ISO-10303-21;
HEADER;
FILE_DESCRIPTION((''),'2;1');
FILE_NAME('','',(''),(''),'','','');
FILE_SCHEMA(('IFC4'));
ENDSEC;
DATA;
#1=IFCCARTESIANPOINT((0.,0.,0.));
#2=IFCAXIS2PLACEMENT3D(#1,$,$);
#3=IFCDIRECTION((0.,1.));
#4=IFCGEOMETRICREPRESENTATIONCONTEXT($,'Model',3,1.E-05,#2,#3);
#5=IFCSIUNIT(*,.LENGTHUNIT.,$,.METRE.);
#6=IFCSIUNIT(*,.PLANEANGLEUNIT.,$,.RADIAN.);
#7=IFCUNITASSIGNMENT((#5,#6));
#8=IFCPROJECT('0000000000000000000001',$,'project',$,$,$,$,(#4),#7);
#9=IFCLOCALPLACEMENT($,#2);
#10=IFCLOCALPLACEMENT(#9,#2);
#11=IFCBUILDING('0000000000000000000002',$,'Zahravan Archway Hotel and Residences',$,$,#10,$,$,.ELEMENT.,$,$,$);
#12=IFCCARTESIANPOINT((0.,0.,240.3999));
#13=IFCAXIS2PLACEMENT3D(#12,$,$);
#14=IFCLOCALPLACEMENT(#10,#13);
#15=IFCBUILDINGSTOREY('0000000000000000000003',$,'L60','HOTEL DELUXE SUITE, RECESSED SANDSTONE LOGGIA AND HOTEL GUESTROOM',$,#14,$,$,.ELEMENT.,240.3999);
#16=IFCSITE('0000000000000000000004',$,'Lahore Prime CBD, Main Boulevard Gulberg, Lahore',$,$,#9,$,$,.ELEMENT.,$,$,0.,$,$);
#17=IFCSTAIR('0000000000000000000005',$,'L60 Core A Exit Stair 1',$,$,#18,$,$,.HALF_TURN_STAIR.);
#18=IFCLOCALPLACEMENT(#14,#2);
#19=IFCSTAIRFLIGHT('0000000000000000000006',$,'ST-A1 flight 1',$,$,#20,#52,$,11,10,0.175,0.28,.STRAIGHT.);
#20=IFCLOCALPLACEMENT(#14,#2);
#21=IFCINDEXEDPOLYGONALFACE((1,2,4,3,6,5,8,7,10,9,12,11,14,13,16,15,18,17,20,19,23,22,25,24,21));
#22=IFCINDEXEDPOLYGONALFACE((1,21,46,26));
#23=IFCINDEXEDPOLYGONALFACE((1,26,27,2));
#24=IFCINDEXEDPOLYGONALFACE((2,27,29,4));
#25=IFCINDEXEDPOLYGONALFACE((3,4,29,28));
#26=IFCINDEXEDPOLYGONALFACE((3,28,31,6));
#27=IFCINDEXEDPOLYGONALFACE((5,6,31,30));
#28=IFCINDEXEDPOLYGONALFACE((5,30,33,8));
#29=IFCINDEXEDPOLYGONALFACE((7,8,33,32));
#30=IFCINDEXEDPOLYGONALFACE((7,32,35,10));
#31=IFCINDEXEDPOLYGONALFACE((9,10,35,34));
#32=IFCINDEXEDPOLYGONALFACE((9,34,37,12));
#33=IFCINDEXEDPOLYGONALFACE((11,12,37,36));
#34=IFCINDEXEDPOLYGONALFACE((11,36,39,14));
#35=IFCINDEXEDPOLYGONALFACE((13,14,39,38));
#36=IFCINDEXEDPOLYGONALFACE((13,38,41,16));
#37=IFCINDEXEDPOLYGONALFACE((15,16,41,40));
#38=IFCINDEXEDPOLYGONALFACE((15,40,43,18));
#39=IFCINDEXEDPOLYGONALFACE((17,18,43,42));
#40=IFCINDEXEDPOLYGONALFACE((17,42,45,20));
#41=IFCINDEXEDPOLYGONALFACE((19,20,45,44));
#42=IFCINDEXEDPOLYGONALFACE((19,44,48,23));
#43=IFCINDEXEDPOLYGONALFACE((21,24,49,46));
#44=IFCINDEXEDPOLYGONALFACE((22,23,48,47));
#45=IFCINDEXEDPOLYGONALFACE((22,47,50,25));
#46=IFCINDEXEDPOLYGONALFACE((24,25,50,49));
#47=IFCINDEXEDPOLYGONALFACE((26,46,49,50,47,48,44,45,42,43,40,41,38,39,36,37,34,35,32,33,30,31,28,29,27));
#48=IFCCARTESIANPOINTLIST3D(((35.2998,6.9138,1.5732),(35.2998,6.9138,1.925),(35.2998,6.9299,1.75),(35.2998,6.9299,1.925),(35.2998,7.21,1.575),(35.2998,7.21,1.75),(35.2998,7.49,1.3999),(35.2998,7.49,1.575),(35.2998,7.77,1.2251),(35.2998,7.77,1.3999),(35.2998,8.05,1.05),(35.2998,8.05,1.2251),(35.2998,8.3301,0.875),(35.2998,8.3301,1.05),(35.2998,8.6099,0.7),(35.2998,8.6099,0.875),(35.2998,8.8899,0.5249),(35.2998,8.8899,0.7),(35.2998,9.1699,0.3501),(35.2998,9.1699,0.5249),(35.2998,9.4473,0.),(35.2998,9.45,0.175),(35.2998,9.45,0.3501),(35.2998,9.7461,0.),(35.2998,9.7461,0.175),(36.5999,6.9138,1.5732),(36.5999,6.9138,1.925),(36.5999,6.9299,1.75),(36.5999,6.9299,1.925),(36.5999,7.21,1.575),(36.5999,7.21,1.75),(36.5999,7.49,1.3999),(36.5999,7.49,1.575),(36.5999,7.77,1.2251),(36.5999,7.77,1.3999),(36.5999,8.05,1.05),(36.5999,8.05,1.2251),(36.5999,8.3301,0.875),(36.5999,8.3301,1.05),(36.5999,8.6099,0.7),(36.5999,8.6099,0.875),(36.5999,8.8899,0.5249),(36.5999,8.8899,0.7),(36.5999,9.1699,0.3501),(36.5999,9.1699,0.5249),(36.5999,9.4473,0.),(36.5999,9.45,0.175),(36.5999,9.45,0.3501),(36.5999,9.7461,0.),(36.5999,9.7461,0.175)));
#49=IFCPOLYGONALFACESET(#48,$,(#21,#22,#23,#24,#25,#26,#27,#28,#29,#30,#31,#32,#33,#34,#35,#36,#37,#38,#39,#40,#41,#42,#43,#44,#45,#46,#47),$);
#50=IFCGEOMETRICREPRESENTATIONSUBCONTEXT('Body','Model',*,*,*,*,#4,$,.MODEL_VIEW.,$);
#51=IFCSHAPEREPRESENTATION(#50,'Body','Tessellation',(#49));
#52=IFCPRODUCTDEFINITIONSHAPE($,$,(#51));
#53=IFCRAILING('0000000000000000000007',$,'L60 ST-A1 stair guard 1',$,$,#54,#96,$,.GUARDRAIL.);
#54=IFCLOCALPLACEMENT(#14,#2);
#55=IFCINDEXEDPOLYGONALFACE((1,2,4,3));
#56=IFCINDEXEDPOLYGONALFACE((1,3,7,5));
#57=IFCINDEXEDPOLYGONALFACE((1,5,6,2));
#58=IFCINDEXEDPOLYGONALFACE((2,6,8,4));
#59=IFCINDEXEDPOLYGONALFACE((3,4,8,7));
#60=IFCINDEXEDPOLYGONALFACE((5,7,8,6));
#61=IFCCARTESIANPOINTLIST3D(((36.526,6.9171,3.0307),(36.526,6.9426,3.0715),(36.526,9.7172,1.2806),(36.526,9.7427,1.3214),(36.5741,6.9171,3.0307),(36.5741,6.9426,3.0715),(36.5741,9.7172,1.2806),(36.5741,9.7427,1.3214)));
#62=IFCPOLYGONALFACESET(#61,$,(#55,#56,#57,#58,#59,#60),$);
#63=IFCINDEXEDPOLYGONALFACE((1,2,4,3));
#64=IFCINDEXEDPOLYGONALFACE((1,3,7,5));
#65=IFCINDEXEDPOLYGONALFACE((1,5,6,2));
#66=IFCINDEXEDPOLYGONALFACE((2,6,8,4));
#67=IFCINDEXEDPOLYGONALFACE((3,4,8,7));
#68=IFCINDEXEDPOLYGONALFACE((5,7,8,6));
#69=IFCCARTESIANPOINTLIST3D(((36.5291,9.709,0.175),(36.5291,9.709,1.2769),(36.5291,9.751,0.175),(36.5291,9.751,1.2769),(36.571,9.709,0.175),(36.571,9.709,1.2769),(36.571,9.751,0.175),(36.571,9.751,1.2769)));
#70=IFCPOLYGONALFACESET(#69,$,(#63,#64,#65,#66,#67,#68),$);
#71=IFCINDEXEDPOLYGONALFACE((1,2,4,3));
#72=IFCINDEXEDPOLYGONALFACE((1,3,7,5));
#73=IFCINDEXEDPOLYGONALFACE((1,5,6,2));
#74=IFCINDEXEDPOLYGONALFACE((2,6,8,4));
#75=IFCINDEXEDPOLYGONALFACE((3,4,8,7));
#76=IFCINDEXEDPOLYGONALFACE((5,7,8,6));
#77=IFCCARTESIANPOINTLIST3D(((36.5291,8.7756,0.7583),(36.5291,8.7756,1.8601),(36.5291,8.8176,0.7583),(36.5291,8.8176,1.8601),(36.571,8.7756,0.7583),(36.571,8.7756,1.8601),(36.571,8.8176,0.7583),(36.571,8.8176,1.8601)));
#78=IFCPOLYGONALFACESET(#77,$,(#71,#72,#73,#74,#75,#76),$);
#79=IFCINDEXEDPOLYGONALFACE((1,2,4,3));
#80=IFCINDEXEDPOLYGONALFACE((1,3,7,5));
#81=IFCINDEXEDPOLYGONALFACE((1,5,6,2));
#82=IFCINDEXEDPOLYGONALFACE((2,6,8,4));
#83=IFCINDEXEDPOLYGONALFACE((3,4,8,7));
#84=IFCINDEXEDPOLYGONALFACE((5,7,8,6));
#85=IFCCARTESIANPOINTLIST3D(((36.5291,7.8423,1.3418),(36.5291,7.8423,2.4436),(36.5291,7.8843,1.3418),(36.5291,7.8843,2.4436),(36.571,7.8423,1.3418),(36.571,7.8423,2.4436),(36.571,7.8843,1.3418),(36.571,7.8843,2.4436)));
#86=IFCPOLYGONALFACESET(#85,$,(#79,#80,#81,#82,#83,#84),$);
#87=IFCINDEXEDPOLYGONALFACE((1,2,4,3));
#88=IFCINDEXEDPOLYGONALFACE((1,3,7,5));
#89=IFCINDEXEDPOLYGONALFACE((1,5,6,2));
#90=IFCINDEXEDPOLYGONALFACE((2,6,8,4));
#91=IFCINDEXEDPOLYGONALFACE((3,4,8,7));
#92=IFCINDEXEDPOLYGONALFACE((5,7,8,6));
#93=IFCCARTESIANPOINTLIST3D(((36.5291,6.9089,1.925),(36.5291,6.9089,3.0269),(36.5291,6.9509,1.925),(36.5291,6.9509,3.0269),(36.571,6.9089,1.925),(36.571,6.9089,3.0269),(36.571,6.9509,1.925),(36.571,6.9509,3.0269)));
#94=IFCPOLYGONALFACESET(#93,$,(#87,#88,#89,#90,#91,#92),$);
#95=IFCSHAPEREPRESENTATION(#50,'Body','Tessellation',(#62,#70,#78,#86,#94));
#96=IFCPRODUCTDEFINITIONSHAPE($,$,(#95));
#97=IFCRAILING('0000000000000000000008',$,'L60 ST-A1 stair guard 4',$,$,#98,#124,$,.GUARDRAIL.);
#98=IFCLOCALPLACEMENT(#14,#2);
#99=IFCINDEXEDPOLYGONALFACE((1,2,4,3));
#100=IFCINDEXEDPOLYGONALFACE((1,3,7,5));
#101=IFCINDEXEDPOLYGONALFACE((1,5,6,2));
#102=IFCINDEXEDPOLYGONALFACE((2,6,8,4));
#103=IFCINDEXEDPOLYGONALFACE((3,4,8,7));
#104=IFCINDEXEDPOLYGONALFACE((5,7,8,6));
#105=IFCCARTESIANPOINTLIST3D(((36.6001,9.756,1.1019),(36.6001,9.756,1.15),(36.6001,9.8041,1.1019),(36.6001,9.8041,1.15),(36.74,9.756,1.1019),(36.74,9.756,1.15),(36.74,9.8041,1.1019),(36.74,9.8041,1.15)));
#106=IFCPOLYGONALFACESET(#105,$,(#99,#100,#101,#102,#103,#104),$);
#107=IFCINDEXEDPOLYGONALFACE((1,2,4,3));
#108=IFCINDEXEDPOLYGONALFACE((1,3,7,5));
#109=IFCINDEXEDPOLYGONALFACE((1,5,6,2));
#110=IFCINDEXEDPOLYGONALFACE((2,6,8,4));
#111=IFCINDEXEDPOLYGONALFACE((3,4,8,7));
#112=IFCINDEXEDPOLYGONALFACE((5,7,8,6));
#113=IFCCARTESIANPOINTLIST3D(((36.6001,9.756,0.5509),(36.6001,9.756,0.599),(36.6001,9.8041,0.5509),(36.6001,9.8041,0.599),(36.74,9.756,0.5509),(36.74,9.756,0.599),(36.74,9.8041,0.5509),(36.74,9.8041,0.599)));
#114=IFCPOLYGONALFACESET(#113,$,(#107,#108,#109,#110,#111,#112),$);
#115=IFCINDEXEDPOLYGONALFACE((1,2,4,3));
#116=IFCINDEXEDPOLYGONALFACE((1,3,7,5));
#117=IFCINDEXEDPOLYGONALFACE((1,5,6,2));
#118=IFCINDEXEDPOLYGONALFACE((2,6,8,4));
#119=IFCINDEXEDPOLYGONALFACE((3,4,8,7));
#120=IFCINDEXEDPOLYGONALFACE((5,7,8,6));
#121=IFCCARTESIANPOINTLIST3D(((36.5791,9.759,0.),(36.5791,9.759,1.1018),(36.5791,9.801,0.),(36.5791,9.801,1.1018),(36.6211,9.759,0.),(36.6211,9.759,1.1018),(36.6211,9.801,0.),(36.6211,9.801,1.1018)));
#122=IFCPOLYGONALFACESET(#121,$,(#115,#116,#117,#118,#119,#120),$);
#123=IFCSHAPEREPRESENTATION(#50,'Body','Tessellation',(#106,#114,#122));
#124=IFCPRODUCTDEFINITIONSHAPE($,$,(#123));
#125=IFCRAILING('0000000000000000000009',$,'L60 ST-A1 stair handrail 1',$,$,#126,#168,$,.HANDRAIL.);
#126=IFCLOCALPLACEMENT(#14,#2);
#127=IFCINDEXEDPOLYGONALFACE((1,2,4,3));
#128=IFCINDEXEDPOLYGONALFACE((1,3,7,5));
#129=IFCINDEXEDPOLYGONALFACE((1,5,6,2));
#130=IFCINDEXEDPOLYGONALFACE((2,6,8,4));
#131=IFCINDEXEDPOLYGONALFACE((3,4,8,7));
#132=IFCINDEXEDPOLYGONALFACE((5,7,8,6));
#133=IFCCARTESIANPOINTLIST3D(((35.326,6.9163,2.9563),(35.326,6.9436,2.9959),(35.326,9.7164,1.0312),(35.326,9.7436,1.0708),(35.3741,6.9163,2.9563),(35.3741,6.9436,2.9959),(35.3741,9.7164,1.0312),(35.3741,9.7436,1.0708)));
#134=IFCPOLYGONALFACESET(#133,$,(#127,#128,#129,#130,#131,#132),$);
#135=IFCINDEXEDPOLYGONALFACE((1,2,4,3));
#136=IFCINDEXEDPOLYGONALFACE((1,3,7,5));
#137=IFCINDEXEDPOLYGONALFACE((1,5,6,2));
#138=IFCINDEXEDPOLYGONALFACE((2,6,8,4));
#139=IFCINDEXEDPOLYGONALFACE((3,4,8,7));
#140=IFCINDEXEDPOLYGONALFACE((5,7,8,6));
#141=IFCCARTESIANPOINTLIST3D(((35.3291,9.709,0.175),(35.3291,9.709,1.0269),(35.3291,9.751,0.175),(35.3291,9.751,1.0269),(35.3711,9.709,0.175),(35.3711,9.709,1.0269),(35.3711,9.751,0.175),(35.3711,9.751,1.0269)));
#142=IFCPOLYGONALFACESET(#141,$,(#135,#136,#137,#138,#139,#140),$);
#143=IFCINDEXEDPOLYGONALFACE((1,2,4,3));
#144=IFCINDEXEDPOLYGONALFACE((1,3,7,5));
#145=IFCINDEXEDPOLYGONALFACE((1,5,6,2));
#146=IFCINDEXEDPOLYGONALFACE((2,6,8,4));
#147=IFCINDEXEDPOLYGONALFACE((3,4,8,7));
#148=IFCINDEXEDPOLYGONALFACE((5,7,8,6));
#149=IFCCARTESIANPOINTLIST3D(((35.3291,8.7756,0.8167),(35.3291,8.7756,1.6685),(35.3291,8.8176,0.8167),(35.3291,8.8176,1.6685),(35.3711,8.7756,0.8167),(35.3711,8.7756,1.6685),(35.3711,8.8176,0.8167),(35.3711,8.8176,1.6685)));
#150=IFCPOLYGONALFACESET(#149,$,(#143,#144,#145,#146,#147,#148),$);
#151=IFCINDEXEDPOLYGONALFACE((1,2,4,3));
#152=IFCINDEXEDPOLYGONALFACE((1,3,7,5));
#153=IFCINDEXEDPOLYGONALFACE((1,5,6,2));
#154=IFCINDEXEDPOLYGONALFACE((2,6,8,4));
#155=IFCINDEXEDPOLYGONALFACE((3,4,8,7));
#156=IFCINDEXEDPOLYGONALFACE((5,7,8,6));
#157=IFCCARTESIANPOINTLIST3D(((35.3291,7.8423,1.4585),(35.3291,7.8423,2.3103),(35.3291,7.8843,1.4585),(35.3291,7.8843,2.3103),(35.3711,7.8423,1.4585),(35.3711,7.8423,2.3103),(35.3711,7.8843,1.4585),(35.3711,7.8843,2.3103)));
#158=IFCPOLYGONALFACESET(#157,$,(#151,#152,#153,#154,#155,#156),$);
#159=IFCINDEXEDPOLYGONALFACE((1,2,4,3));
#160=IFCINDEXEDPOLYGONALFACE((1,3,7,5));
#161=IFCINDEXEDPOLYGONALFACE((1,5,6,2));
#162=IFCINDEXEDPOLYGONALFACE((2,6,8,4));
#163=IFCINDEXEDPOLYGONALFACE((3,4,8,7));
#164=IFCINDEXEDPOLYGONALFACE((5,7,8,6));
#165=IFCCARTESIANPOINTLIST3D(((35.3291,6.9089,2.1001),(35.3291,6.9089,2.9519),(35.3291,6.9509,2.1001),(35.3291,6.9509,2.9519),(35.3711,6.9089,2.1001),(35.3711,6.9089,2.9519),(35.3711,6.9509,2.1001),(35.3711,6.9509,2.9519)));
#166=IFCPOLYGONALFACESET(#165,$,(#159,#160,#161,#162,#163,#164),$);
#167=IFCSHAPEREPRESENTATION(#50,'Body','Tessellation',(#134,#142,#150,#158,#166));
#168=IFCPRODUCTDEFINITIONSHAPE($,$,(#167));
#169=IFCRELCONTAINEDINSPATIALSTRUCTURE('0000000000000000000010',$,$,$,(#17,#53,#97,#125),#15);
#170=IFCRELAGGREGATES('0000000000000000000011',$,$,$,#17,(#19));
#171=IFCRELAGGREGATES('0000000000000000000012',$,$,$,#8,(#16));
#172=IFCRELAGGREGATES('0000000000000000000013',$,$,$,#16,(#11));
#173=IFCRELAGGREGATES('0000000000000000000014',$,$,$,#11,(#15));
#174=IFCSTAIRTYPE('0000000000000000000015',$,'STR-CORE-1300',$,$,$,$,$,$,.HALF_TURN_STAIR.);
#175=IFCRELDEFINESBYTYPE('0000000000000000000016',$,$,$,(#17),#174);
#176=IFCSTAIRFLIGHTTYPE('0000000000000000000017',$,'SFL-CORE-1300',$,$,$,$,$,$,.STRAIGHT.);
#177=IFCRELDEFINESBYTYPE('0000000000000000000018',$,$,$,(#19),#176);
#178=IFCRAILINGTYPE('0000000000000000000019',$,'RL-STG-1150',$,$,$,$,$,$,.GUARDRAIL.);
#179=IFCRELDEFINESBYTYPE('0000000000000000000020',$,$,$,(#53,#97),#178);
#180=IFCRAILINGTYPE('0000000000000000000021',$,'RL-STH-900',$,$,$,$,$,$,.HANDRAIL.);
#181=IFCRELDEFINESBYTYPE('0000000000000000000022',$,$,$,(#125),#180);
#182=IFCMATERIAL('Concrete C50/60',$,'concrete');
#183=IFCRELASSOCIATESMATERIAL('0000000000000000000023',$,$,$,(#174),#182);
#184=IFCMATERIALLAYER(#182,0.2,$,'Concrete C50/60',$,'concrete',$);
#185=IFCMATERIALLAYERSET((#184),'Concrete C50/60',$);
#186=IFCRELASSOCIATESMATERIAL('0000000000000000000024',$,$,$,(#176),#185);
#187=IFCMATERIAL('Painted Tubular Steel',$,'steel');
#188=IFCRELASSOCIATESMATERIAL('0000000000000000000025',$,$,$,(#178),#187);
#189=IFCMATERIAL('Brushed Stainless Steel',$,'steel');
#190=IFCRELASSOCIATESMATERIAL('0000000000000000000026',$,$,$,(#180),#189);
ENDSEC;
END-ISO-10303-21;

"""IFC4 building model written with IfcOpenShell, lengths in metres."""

from ifc_helpers import new_model, si_unit, direction, frame, origin, origin_2d, place, context, subcontext, project, spatial, polyline, rectangle, outline, extrude, source, transform, mapped, material, layer, layer_set, type_object, element, aggregate, save


model = new_model("IFC4")

# Units and contexts
model_context = context("Model", 3, precision=1e-05, world=origin(), true_north=direction((0.0, 1.0)))
body_context = subcontext(model_context, "Body", "Model", "MODEL_VIEW")
ifc_project = project(units=[si_unit("LENGTHUNIT", "METRE"), si_unit("PLANEANGLEUNIT", "RADIAN")], contexts=[model_context])

# Site, building, storey
site_placement = place(None, origin())
site = spatial("IfcSite", under=ifc_project, at=site_placement, Name="Lahore Prime CBD, Main Boulevard Gulberg, Lahore", CompositionType="ELEMENT", RefElevation=0.0)
building_placement = place(site_placement, origin())
building = spatial("IfcBuilding", under=site, at=building_placement, Name="Zahravan Archway Hotel and Residences", CompositionType="ELEMENT")
storey_placement = place(building_placement, frame((0.0, 0.0, 240.3999)))
storey = spatial("IfcBuildingStorey", under=building, at=storey_placement, Name="L60", Description="HOTEL DELUXE SUITE, RECESSED SANDSTONE LOGGIA AND HOTEL GUESTROOM", CompositionType="ELEMENT", Elevation=240.3999)

# Shared definitions
ifc_material_1 = material(Name="Concrete C50/60", Category="concrete")

# Shared definitions
ifc_material_2 = material(Name="Brushed Stainless Steel", Category="steel")

# Stair, stair flight
stair_type = type_object("IfcStairType", Name="STR-CORE-1300", PredefinedType="HALF_TURN_STAIR", material=ifc_material_1)
stair_placement = place(storey_placement, origin())
stair = element("IfcStair", 1, at=stair_placement, inside=storey, type_object=stair_type, Name="L60 Core A Exit Stair 1", PredefinedType="HALF_TURN_STAIR")
ifc_layer_1 = layer(ifc_material_1, 0.2, Name="Concrete C50/60", Category="concrete")
ifc_layer_set_1 = layer_set([ifc_layer_1], Name="Concrete C50/60")
stair_flight_type = type_object("IfcStairFlightType", Name="SFL-CORE-1300", PredefinedType="STRAIGHT", material=ifc_layer_set_1)
shared_shape_1 = source(origin(), body_context, "Body", "SweptSolid", [
    extrude(outline(polyline([(-0.0161, 0.0), (-0.0161, 0.175), (0.28, 0.175), (0.28, 0.3501), (0.5601, 0.3501), (0.5601, 0.5249), (0.8401, 0.5249), (0.8401, 0.7), (1.1201, 0.7), (1.1201, 0.875), (1.3999, 0.875), (1.3999, 1.05), (1.6799, 1.05), (1.6799, 1.2251), (1.96, 1.2251), (1.96, 1.3999), (2.24, 1.3999), (2.24, 1.575), (2.52, 1.575), (2.52, 1.75), (2.8, 1.75), (2.8, 1.925), (2.8162, 1.925), (2.8162, 1.5732), (0.2827, 0.0), (-0.0161, 0.0)])), frame((0.0, 0.6499, 0.0), z_axis=(0.0, -1.0, 0.0), x_axis=(1.0, 0.0, 0.0)), (0.0, 0.0, 1.0), 1.3),
])
stair_flight_placement = place(storey_placement, frame((35.95, 9.73, 0.0), z_axis=(0.0, 0.0, 1.0), x_axis=(0.0, -1.0, 0.0)))
stair_flight = element("IfcStairFlight", 2, at=stair_flight_placement, type_object=stair_flight_type, Name="ST-A1 flight 1", NumberOfRisers=11, NumberOfTreads=10, PredefinedType="STRAIGHT", RiserHeight=0.175, TreadLength=0.28, context=body_context, shape_type="MappedRepresentation", body=[
    mapped(shared_shape_1, transform((0.0, 0.0, 0.0), scale=1.0)),
])
aggregate(stair, [stair_flight])

# Railings
ifc_material_3 = material(Name="Painted Tubular Steel", Category="steel")
railing_type_1 = type_object("IfcRailingType", Name="RL-STG-1150", PredefinedType="GUARDRAIL", material=ifc_material_3)
railing_1_placement = place(storey_placement, frame((36.55, 9.73, 0.175)))
element("IfcRailing", 3, at=railing_1_placement, inside=storey, type_object=railing_type_1, Name="L60 ST-A1 stair guard 1", PredefinedType="GUARDRAIL", context=body_context, shape_type="SweptSolid", body=[
    extrude(rectangle(XDim=0.0481, YDim=0.0481, at=origin_2d()), frame((0.0, 0.0, 1.126), z_axis=(0.0, -0.848002, 0.529992), x_axis=(1.0, 0.0, 0.0)), (0.0, 0.0, 1.0), 3.302),
    extrude(rectangle(XDim=0.042, YDim=0.042, at=origin_2d()), origin(), (0.0, 0.0, 1.0), 1.1018),
    extrude(rectangle(XDim=0.042, YDim=0.042, at=origin_2d()), frame((0.0, -0.9333, 0.5833)), (0.0, 0.0, 1.0), 1.1018),
    extrude(rectangle(XDim=0.042, YDim=0.042, at=origin_2d()), frame((0.0, -1.8667, 1.1667)), (0.0, 0.0, 1.0), 1.1018),
    extrude(rectangle(XDim=0.042, YDim=0.042, at=origin_2d()), frame((0.0, -2.8, 1.75)), (0.0, 0.0, 1.0), 1.1018),
])
railing_2_placement = place(storey_placement, frame((36.6001, 9.78, 0.0)))
element("IfcRailing", 4, at=railing_2_placement, inside=storey, type_object=railing_type_1, Name="L60 ST-A1 stair guard 4", PredefinedType="GUARDRAIL", context=body_context, shape_type="SweptSolid", body=[
    extrude(rectangle(XDim=0.0481, YDim=0.0481, at=origin_2d()), frame((0.0, 0.0, 1.126), z_axis=(1.0, 0.0, 0.0), x_axis=(0.0, 1.0, 0.0)), (0.0, 0.0, 1.0), 0.1399),
    extrude(rectangle(XDim=0.0481, YDim=0.0481, at=origin_2d()), frame((0.0, 0.0, 0.575), z_axis=(1.0, 0.0, 0.0), x_axis=(0.0, 1.0, 0.0)), (0.0, 0.0, 1.0), 0.1399),
    extrude(rectangle(XDim=0.042, YDim=0.042, at=origin_2d()), origin(), (0.0, 0.0, 1.0), 1.1018),
])
railing_type_2 = type_object("IfcRailingType", Name="RL-STH-900", PredefinedType="HANDRAIL", material=ifc_material_2)
railing_3_placement = place(storey_placement, frame((35.3501, 9.73, 0.175)))
element("IfcRailing", 5, at=railing_3_placement, inside=storey, type_object=railing_type_2, Name="L60 ST-A1 stair handrail 1", PredefinedType="HANDRAIL", context=body_context, shape_type="SweptSolid", body=[
    extrude(rectangle(XDim=0.0481, YDim=0.0481, at=origin_2d()), frame((0.0, 0.0, 0.876), z_axis=(0.0, -0.82404, 0.566532), x_axis=(1.0, 0.0, 0.0)), (0.0, 0.0, 1.0), 3.3979),
    extrude(rectangle(XDim=0.042, YDim=0.042, at=origin_2d()), origin(), (0.0, 0.0, 1.0), 0.8518),
    extrude(rectangle(XDim=0.042, YDim=0.042, at=origin_2d()), frame((0.0, -0.9333, 0.6416)), (0.0, 0.0, 1.0), 0.8518),
    extrude(rectangle(XDim=0.042, YDim=0.042, at=origin_2d()), frame((0.0, -1.8667, 1.2834)), (0.0, 0.0, 1.0), 0.8518),
    extrude(rectangle(XDim=0.042, YDim=0.042, at=origin_2d()), frame((0.0, -2.8, 1.925)), (0.0, 0.0, 1.0), 0.8518),
])

save(model, "model.ifc")
